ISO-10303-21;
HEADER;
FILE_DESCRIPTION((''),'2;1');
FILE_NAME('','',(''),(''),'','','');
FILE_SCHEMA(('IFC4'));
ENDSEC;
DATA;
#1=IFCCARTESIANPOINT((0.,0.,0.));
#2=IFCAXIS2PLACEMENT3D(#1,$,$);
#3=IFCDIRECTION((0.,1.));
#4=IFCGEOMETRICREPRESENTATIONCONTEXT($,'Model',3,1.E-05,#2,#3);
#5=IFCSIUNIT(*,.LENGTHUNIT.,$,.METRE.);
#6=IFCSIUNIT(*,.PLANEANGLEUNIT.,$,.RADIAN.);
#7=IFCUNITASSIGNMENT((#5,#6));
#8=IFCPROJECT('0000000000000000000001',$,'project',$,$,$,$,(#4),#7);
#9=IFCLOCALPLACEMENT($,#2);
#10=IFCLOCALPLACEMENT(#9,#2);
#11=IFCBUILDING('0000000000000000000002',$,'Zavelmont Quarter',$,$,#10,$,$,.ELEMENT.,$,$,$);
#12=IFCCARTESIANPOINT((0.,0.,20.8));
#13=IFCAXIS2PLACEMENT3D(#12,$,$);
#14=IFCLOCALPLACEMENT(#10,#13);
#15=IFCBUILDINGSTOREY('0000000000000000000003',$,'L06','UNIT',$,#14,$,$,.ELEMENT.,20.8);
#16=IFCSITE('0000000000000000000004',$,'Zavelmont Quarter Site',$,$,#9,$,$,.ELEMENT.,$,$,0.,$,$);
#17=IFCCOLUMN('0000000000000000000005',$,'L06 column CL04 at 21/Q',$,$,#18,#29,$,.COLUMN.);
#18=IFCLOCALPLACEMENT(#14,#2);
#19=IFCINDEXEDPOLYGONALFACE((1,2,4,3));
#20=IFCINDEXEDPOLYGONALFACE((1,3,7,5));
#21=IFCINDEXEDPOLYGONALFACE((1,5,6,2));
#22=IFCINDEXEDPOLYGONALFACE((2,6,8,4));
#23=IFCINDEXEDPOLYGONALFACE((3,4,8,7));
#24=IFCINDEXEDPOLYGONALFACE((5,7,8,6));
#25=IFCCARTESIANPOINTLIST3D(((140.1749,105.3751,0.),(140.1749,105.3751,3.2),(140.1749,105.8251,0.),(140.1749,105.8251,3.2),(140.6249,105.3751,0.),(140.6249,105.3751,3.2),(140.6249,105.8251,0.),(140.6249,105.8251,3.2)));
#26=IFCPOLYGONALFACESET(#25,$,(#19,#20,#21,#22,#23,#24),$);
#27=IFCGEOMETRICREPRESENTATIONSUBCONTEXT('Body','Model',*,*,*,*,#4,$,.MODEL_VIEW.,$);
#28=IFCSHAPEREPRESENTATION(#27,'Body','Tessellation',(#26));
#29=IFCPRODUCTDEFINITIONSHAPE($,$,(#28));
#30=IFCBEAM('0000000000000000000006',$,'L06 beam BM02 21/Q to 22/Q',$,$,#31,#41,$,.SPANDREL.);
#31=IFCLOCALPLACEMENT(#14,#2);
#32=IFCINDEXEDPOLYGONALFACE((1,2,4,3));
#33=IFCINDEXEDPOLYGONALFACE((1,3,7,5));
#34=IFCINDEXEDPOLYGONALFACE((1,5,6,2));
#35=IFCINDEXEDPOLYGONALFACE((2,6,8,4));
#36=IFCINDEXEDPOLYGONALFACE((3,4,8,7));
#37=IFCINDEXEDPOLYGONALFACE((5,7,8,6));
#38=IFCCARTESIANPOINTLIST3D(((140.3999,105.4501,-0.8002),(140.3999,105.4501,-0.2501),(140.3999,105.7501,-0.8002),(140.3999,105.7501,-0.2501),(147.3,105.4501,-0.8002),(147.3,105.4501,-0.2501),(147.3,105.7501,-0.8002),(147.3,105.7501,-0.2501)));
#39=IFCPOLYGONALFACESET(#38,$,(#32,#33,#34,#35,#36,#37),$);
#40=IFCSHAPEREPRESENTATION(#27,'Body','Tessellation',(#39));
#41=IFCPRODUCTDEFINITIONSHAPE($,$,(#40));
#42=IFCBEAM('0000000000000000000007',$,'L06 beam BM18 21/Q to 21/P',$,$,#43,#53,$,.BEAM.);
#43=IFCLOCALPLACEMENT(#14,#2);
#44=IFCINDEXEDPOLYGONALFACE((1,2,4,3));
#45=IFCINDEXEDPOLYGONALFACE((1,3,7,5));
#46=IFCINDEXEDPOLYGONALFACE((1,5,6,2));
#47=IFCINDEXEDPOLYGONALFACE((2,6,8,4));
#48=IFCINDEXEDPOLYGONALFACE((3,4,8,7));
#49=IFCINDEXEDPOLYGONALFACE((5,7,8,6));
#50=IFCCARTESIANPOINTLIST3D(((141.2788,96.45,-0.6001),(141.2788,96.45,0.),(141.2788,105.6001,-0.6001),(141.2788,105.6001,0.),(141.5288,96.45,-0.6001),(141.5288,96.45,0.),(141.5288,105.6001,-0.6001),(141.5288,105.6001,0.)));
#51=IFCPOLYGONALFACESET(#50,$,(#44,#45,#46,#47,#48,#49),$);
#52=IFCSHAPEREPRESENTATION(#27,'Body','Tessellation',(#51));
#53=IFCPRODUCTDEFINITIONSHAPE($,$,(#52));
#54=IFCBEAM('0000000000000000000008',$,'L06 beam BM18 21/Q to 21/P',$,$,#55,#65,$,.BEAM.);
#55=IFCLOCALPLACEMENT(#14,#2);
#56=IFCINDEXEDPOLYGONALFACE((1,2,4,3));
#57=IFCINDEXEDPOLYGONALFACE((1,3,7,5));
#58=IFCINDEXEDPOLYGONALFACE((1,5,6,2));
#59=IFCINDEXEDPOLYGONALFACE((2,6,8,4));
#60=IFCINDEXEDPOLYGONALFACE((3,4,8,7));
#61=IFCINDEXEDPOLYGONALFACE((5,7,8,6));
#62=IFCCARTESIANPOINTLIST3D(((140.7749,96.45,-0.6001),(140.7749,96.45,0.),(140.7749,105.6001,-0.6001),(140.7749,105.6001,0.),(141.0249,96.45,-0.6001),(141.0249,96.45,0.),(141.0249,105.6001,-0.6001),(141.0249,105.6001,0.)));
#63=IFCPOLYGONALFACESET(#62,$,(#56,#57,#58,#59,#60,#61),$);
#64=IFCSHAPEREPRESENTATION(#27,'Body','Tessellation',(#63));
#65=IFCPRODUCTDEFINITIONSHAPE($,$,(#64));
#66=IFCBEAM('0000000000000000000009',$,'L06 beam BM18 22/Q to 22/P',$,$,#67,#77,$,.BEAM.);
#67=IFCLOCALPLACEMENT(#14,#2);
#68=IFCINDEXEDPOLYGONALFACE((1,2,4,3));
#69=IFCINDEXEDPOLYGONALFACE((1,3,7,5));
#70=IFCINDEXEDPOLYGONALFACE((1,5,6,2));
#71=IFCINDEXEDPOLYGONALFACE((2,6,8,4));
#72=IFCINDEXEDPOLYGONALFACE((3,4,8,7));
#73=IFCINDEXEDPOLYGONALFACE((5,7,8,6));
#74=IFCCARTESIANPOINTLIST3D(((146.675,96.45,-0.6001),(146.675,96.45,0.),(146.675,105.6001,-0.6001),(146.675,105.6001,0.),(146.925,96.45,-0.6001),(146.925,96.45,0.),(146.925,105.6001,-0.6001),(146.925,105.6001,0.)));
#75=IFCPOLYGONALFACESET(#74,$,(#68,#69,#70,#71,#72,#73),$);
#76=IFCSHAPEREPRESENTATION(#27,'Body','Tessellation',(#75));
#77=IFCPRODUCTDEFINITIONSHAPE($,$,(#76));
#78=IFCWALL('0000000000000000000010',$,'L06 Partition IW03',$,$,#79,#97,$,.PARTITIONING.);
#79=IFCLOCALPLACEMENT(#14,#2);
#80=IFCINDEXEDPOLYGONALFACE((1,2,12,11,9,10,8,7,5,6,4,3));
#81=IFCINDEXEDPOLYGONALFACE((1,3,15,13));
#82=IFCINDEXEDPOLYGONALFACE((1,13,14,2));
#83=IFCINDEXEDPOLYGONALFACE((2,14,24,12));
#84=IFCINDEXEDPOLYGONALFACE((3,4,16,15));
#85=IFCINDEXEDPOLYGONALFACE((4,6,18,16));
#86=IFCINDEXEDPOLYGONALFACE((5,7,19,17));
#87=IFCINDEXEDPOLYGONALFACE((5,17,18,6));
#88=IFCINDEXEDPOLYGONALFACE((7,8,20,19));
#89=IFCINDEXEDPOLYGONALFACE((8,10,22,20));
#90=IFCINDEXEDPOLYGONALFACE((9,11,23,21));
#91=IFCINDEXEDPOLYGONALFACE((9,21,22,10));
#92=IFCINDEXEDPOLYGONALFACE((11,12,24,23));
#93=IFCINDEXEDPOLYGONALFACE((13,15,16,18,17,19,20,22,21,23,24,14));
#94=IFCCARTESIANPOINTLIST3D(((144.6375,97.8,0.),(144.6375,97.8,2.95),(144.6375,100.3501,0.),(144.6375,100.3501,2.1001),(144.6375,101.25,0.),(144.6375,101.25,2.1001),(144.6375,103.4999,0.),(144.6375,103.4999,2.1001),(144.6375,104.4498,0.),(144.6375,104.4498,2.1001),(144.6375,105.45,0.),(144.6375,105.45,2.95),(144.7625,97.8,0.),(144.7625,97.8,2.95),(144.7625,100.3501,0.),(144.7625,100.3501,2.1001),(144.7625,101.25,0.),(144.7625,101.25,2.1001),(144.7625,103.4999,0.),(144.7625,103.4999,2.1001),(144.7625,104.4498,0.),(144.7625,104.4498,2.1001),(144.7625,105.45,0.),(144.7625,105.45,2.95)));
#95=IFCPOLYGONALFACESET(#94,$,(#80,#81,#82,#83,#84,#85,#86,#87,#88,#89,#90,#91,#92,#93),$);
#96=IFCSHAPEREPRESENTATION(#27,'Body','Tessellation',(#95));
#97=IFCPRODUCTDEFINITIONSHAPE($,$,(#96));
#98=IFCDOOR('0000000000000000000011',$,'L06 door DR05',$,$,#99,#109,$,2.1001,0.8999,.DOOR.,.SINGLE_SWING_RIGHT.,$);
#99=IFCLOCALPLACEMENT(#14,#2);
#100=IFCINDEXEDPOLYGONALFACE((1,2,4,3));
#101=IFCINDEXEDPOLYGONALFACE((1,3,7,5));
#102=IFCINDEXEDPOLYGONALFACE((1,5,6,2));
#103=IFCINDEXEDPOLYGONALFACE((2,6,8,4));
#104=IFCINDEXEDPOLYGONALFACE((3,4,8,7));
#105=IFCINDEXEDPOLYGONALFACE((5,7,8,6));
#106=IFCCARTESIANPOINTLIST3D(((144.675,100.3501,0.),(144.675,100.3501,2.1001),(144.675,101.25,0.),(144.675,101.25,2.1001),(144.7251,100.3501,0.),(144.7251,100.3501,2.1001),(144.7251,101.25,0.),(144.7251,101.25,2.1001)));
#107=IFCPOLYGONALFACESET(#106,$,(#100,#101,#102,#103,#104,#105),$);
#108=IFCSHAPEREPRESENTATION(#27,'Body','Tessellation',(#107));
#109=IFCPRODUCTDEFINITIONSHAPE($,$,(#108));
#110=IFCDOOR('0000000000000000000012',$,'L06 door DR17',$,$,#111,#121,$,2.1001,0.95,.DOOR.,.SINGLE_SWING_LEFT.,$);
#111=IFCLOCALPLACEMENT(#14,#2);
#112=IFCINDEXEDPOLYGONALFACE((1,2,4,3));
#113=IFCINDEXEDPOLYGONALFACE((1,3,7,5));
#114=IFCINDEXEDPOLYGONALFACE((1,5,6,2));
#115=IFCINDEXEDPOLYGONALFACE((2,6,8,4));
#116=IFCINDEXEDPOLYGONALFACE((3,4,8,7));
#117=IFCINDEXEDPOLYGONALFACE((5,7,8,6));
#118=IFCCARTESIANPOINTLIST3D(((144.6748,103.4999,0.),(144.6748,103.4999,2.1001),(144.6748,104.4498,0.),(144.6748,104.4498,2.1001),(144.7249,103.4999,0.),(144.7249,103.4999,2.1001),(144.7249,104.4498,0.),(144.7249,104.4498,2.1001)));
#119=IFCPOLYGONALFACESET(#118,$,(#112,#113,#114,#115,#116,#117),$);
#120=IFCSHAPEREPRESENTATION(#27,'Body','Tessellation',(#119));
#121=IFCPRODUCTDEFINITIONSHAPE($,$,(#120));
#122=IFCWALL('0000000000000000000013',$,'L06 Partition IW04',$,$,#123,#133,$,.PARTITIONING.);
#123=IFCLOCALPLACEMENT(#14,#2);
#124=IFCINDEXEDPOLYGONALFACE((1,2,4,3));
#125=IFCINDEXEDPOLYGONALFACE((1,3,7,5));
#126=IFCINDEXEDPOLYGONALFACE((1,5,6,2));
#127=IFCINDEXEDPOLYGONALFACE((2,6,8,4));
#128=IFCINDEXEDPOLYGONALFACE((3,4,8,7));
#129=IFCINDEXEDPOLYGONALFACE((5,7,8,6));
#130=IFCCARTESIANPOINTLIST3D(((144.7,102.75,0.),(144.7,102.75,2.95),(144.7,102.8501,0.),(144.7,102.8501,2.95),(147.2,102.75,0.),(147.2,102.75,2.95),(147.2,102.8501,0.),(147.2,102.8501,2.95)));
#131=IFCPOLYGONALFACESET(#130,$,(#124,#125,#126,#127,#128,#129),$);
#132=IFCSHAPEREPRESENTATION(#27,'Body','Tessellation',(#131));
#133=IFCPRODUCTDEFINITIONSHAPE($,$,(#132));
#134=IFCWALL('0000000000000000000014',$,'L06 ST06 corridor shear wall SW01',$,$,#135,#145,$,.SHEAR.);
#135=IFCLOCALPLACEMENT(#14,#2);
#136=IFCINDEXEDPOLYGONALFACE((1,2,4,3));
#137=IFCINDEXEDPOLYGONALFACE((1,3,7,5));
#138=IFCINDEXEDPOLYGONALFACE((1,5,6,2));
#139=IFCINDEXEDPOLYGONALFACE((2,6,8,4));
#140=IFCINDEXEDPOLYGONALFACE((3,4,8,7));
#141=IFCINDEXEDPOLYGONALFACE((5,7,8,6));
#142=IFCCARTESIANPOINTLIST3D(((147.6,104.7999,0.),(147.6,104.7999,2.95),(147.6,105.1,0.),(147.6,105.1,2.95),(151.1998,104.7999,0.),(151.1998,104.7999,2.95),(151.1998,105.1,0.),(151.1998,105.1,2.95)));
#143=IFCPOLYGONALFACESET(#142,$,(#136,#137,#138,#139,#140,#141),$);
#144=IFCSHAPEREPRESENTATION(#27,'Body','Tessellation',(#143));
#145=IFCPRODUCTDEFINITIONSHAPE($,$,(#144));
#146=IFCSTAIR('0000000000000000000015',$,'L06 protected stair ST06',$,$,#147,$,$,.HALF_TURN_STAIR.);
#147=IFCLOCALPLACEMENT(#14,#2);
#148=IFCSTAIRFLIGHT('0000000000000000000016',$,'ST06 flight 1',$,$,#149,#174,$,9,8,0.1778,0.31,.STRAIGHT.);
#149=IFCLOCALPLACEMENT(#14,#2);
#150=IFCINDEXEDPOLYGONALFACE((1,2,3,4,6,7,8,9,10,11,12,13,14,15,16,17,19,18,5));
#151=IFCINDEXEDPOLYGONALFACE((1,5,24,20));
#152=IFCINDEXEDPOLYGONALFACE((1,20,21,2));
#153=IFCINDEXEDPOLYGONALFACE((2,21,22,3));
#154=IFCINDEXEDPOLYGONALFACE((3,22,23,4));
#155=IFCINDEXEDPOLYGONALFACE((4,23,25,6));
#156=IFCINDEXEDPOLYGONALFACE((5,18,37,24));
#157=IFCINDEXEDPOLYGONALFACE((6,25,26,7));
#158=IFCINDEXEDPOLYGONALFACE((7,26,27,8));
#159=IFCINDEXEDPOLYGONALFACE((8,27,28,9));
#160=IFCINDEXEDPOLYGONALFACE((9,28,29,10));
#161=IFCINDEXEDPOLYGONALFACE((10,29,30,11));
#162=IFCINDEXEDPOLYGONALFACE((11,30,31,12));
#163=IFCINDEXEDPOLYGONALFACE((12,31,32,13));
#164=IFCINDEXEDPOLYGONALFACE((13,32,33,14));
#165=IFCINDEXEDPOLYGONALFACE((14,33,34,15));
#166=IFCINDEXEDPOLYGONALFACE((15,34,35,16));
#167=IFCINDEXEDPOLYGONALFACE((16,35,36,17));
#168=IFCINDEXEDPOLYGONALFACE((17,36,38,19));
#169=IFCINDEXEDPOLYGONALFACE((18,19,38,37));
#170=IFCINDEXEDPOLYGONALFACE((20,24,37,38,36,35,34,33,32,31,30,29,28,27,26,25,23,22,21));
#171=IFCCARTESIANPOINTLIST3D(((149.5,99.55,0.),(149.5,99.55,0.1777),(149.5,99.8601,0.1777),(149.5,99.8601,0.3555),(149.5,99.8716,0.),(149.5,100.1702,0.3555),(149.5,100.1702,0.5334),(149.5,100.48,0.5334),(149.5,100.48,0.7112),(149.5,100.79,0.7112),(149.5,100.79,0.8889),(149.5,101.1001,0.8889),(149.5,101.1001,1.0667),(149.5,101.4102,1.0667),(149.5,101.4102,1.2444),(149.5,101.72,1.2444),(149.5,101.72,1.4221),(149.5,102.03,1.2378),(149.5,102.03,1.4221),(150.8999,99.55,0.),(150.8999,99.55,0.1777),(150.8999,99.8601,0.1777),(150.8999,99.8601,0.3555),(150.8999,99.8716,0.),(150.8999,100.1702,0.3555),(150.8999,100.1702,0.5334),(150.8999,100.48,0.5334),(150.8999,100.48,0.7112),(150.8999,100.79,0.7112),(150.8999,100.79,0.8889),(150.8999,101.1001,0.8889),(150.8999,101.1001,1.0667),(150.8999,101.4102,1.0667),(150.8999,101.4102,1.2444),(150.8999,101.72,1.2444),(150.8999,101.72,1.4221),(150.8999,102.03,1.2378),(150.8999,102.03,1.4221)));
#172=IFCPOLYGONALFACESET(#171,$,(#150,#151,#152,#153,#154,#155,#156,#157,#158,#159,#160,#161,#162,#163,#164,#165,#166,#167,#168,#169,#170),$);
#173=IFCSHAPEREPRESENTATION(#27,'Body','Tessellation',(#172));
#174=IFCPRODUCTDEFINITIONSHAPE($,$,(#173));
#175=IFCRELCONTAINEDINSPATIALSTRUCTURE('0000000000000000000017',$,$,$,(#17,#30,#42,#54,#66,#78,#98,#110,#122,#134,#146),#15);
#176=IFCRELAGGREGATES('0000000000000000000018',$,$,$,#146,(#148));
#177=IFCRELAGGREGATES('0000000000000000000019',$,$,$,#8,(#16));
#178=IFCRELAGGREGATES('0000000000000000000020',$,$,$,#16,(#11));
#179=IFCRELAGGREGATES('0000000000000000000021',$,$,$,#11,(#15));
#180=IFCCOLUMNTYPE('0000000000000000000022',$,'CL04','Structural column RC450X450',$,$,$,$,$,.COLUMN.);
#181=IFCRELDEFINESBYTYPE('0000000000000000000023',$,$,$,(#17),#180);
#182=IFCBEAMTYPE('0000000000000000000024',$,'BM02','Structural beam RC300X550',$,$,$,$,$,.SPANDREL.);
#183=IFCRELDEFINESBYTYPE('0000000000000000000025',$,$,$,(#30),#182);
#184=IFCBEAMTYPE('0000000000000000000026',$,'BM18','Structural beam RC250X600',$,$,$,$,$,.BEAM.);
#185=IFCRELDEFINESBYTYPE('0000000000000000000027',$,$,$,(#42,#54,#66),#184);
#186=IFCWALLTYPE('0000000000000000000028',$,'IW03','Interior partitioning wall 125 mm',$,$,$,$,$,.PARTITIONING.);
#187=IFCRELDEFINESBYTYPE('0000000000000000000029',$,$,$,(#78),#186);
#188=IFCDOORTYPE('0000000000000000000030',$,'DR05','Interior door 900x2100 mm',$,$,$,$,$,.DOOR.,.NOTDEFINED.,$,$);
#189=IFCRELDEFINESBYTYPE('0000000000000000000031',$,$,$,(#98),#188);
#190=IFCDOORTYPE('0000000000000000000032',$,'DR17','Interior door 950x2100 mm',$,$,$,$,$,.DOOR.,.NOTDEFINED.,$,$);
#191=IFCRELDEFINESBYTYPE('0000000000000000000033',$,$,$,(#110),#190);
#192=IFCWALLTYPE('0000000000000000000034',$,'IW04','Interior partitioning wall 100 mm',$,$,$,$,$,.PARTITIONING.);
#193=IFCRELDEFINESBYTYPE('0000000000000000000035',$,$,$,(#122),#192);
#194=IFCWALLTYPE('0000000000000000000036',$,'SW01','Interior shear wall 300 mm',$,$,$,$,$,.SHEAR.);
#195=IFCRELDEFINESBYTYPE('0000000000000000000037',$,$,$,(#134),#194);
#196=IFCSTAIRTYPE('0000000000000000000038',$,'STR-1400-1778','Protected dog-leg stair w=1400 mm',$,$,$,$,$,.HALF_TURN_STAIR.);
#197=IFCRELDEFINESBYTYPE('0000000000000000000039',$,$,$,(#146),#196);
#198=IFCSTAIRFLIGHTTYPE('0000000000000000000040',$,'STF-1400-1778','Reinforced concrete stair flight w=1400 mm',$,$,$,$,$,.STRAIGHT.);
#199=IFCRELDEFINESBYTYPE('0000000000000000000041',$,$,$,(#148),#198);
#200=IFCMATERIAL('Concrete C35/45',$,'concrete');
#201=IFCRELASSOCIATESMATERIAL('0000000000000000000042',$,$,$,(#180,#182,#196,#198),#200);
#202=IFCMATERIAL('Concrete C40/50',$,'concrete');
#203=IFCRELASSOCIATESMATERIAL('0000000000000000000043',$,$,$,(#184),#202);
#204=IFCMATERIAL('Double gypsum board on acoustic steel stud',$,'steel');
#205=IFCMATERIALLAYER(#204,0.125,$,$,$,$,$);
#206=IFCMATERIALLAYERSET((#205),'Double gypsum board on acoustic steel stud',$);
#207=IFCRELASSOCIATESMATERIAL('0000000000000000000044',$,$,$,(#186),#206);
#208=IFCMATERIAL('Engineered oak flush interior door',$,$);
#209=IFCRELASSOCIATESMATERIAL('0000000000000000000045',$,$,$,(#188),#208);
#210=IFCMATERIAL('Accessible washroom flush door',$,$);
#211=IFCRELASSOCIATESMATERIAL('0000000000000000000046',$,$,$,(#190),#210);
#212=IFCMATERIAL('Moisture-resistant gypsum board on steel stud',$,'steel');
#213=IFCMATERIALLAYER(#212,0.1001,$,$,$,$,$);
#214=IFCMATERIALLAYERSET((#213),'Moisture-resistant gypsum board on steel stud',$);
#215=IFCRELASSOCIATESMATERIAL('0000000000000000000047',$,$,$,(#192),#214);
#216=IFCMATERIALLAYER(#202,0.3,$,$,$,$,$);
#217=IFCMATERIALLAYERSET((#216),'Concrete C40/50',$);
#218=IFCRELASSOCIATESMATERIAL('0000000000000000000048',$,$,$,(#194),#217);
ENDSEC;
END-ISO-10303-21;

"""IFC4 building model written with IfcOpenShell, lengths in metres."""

from ifc_helpers import new_model, si_unit, direction, frame, frame_2d, origin, origin_with_axes, origin_2d, place, context, subcontext, project, spatial, polyline, rectangle, outline, extrude, material, layer, layer_set, material_profile, profile_set, type_object, element, fill, aggregate, save


model = new_model("IFC4")

# Units and contexts
model_context = context("Model", 3, precision=1e-05, world=origin(), true_north=direction((0.0, 1.0)))
body_context = subcontext(model_context, "Body", "Model", "MODEL_VIEW")
ifc_project = project(units=[si_unit("LENGTHUNIT", "METRE"), si_unit("PLANEANGLEUNIT", "RADIAN")], contexts=[model_context])

# Site, building, storey
site_placement = place(None, origin())
site = spatial("IfcSite", under=ifc_project, at=site_placement, Name="Zavelmont Quarter Site", CompositionType="ELEMENT", RefElevation=0.0)
building_placement = place(site_placement, origin())
building = spatial("IfcBuilding", under=site, at=building_placement, Name="Zavelmont Quarter", CompositionType="ELEMENT")
storey_placement = place(building_placement, frame((0.0, 0.0, 20.8)))
storey = spatial("IfcBuildingStorey", under=building, at=storey_placement, Name="L06", Description="UNIT", CompositionType="ELEMENT", Elevation=20.8)

# Column
ifc_material_1 = material(Name="Concrete C35/45", Category="concrete")
ifc_material_profile_1 = material_profile(ifc_material_1, rectangle(XDim=0.45, YDim=0.45, at=origin_2d()), Name="RC450X450")
ifc_profile_set_1 = profile_set([ifc_material_profile_1], Name="Concrete C35/45")
column_type = type_object("IfcColumnType", Name="CL04", Description="Structural column RC450X450", PredefinedType="COLUMN", material=ifc_profile_set_1)
column_placement = place(storey_placement, frame((140.3999, 105.6001, 0.0), z_axis=(0.0, 0.0, 1.0), x_axis=(1.0, 0.0, 0.0)))
element("IfcColumn", 1, at=column_placement, inside=storey, type_object=column_type, Name="L06 column CL04 at 21/Q", PredefinedType="COLUMN", context=body_context, shape_type="SweptSolid", body=[
    extrude(rectangle(XDim=0.45, YDim=0.45, at=origin_2d()), origin(), (0.0, 0.0, 1.0), 3.2),
])

# Beams
ifc_material_profile_2 = material_profile(ifc_material_1, rectangle(XDim=0.3, YDim=0.55, at=origin_2d()), Name="RC300X550")
ifc_profile_set_2 = profile_set([ifc_material_profile_2], Name="Concrete C35/45")
beam_type_1 = type_object("IfcBeamType", Name="BM02", Description="Structural beam RC300X550", PredefinedType="SPANDREL", material=ifc_profile_set_2)
beam_placement = place(storey_placement, frame((140.3999, 105.6001, -0.5251), z_axis=(1.0, 0.0, 0.0), x_axis=(0.0, 1.0, 0.0)))
element("IfcBeam", 2, at=beam_placement, inside=storey, type_object=beam_type_1, Name="L06 beam BM02 21/Q to 22/Q", PredefinedType="SPANDREL", context=body_context, shape_type="SweptSolid", body=[
    extrude(rectangle(XDim=0.3, YDim=0.55, at=origin_2d()), origin(), (0.0, 0.0, 1.0), 6.9001),
])
ifc_material_2 = material(Name="Concrete C40/50", Category="concrete")
ifc_material_profile_3 = material_profile(ifc_material_2, rectangle(XDim=0.25, YDim=0.6001, at=origin_2d()), Name="RC250X600")
ifc_profile_set_3 = profile_set([ifc_material_profile_3], Name="Concrete C40/50")
beam_type_2 = type_object("IfcBeamType", Name="BM18", Description="Structural beam RC250X600", PredefinedType="BEAM", material=ifc_profile_set_3)
for number, where, z_axis, x_axis, name in (
    (3, (141.4038, 105.6001, -0.3), (0.0, -1.0, 0.0), (1.0, 0.0, 0.0), "L06 beam BM18 21/Q to 21/P"),
    (4, (140.8999, 105.6001, -0.3), (0.0, -1.0, 0.0), (1.0, 0.0, 0.0), "L06 beam BM18 21/Q to 21/P"),
    (5, (146.8, 105.6001, -0.3), (0.0, -1.0, 0.0), (1.0, 0.0, 0.0), "L06 beam BM18 22/Q to 22/P"),
):
    element("IfcBeam", number, at=place(storey_placement, frame(where, z_axis=z_axis, x_axis=x_axis)), inside=storey, type_object=beam_type_2, Name=name, PredefinedType="BEAM", context=body_context, shape_type="SweptSolid", body=[
        extrude(rectangle(XDim=0.25, YDim=0.6001, at=origin_2d()), origin(), (0.0, 0.0, 1.0), 9.1501),
    ])

# Wall, openings, doors
ifc_material_3 = material(Name="Double gypsum board on acoustic steel stud", Category="steel")
ifc_layer_1 = layer(ifc_material_3, 0.125)
ifc_layer_set_1 = layer_set([ifc_layer_1], Name="Double gypsum board on acoustic steel stud")
wall_type_1 = type_object("IfcWallType", Name="IW03", Description="Interior partitioning wall 125 mm", PredefinedType="PARTITIONING", material=ifc_layer_set_1)
wall_1_placement = place(storey_placement, frame((144.7, 105.45, 0.0), z_axis=(0.0, 0.0, 1.0), x_axis=(0.0, -1.0, 0.0)))
wall_1 = element("IfcWall", 6, at=wall_1_placement, inside=storey, type_object=wall_type_1, Name="L06 Partition IW03", PredefinedType="PARTITIONING", context=body_context, shape_type="SweptSolid", body=[
    extrude(rectangle(XDim=7.6499, YDim=0.125, at=frame_2d((3.825, 0.0))), origin(), (0.0, 0.0, 1.0), 2.95),
])
opening_1_placement = place(wall_1_placement, frame((1.0, 0.0, 0.0)))
opening_1 = element("IfcOpeningElement", 7, at=opening_1_placement, cuts=wall_1, PredefinedType="OPENING", context=body_context, shape_type="SweptSolid", body=[
    extrude(rectangle(XDim=0.95, YDim=2.1001, at=frame_2d((0.4751, 1.05))), frame((0.0, 0.0745, 0.0), z_axis=(0.0, -1.0, 0.0), x_axis=(1.0, 0.0, 0.0)), (0.0, 0.0, 1.0), 0.1489),
])
opening_2_placement = place(wall_1_placement, frame((4.2, 0.0, 0.0)))
opening_2 = element("IfcOpeningElement", 8, at=opening_2_placement, cuts=wall_1, PredefinedType="OPENING", context=body_context, shape_type="SweptSolid", body=[
    extrude(rectangle(XDim=0.8999, YDim=2.1001, at=frame_2d((0.45, 1.05))), frame((0.0, 0.0745, 0.0), z_axis=(0.0, -1.0, 0.0), x_axis=(1.0, 0.0, 0.0)), (0.0, 0.0, 1.0), 0.1489),
])
ifc_material_4 = material(Name="Engineered oak flush interior door")
door_type_1 = type_object("IfcDoorType", Name="DR05", Description="Interior door 900x2100 mm", OperationType="NOTDEFINED", PredefinedType="DOOR", material=ifc_material_4)
door_1_placement = place(opening_2_placement, frame((0.8999, 0.0, 0.0), z_axis=(0.0, 0.0, 1.0), x_axis=(-1.0, 0.0, 0.0)))
door_1 = element("IfcDoor", 9, at=door_1_placement, inside=storey, type_object=door_type_1, Name="L06 door DR05", OperationType="SINGLE_SWING_RIGHT", OverallHeight=2.1001, OverallWidth=0.8999, PredefinedType="DOOR", context=body_context, shape_type="SweptSolid", body=[
    extrude(rectangle(XDim=0.8999, YDim=2.1001, at=frame_2d((0.45, 1.05))), frame((0.0, 0.0249, 0.0), z_axis=(0.0, -1.0, 0.0), x_axis=(1.0, 0.0, 0.0)), (0.0, 0.0, 1.0), 0.05),
])
fill(opening_2, door_1)
ifc_material_5 = material(Name="Accessible washroom flush door")
door_type_2 = type_object("IfcDoorType", Name="DR17", Description="Interior door 950x2100 mm", OperationType="NOTDEFINED", PredefinedType="DOOR", material=ifc_material_5)
door_2_placement = place(opening_1_placement, origin_with_axes())
door_2 = element("IfcDoor", 10, at=door_2_placement, inside=storey, type_object=door_type_2, Name="L06 door DR17", OperationType="SINGLE_SWING_LEFT", OverallHeight=2.1001, OverallWidth=0.95, PredefinedType="DOOR", context=body_context, shape_type="SweptSolid", body=[
    extrude(rectangle(XDim=0.95, YDim=2.1001, at=frame_2d((0.4751, 1.05))), frame((0.0, 0.0249, 0.0), z_axis=(0.0, -1.0, 0.0), x_axis=(1.0, 0.0, 0.0)), (0.0, 0.0, 1.0), 0.05),
])
fill(opening_1, door_2)

# Walls
ifc_material_6 = material(Name="Moisture-resistant gypsum board on steel stud", Category="steel")
ifc_layer_2 = layer(ifc_material_6, 0.1001)
ifc_layer_set_2 = layer_set([ifc_layer_2], Name="Moisture-resistant gypsum board on steel stud")
wall_type_2 = type_object("IfcWallType", Name="IW04", Description="Interior partitioning wall 100 mm", PredefinedType="PARTITIONING", material=ifc_layer_set_2)
wall_2_placement = place(storey_placement, frame((144.7, 102.8, 0.0), z_axis=(0.0, 0.0, 1.0), x_axis=(1.0, 0.0, 0.0)))
element("IfcWall", 11, at=wall_2_placement, inside=storey, type_object=wall_type_2, Name="L06 Partition IW04", PredefinedType="PARTITIONING", context=body_context, shape_type="SweptSolid", body=[
    extrude(rectangle(XDim=2.5, YDim=0.1001, at=frame_2d((1.25, 0.0))), origin(), (0.0, 0.0, 1.0), 2.95),
])
ifc_layer_3 = layer(ifc_material_2, 0.3)
ifc_layer_set_3 = layer_set([ifc_layer_3], Name="Concrete C40/50")
wall_type_3 = type_object("IfcWallType", Name="SW01", Description="Interior shear wall 300 mm", PredefinedType="SHEAR", material=ifc_layer_set_3)
wall_3_placement = place(storey_placement, frame((147.6001, 104.95, 0.0), z_axis=(0.0, 0.0, 1.0), x_axis=(1.0, 0.0, 0.0)))
element("IfcWall", 12, at=wall_3_placement, inside=storey, type_object=wall_type_3, Name="L06 ST06 corridor shear wall SW01", PredefinedType="SHEAR", context=body_context, shape_type="SweptSolid", body=[
    extrude(rectangle(XDim=3.5999, YDim=0.3, at=frame_2d((1.7998, 0.0))), origin(), (0.0, 0.0, 1.0), 2.95),
])

# Stair, stair flight
stair_type = type_object("IfcStairType", Name="STR-1400-1778", Description="Protected dog-leg stair w=1400 mm", PredefinedType="HALF_TURN_STAIR", material=ifc_material_1)
stair_placement = place(storey_placement, origin())
stair = element("IfcStair", 13, at=stair_placement, inside=storey, type_object=stair_type, Name="L06 protected stair ST06", PredefinedType="HALF_TURN_STAIR")
stair_flight_type = type_object("IfcStairFlightType", Name="STF-1400-1778", Description="Reinforced concrete stair flight w=1400 mm", PredefinedType="STRAIGHT", material=ifc_material_1)
stair_flight_1_placement = place(storey_placement, frame((150.2, 99.55, 0.0), z_axis=(0.0, 0.0, 1.0), x_axis=(0.0, 1.0, 0.0)))
stair_flight_1 = element("IfcStairFlight", 14, at=stair_flight_1_placement, type_object=stair_flight_type, Name="ST06 flight 1", NumberOfRisers=9, NumberOfTreads=8, PredefinedType="STRAIGHT", RiserHeight=0.1778, TreadLength=0.31, context=body_context, shape_type="SweptSolid", body=[
    extrude(outline(polyline([(0.0, 0.0), (0.0, 0.1777), (0.3101, 0.1777), (0.3101, 0.3555), (0.6201, 0.3555), (0.6201, 0.5334), (0.9299, 0.5334), (0.9299, 0.7112), (1.24, 0.7112), (1.24, 0.8889), (1.55, 0.8889), (1.55, 1.0667), (1.8601, 1.0667), (1.8601, 1.2444), (2.1699, 1.2444), (2.1699, 1.4221), (2.48, 1.4221), (2.48, 1.6001), (2.48, 1.2378), (0.3215, 0.0), (0.0, 0.0)])), frame((0.0, 0.7, 0.0), z_axis=(0.0, -1.0, 0.0), x_axis=(1.0, 0.0, 0.0)), (0.0, 0.0, 1.0), 1.3999),
])
aggregate(stair, [stair_flight_1])

save(model, "model.ifc")
